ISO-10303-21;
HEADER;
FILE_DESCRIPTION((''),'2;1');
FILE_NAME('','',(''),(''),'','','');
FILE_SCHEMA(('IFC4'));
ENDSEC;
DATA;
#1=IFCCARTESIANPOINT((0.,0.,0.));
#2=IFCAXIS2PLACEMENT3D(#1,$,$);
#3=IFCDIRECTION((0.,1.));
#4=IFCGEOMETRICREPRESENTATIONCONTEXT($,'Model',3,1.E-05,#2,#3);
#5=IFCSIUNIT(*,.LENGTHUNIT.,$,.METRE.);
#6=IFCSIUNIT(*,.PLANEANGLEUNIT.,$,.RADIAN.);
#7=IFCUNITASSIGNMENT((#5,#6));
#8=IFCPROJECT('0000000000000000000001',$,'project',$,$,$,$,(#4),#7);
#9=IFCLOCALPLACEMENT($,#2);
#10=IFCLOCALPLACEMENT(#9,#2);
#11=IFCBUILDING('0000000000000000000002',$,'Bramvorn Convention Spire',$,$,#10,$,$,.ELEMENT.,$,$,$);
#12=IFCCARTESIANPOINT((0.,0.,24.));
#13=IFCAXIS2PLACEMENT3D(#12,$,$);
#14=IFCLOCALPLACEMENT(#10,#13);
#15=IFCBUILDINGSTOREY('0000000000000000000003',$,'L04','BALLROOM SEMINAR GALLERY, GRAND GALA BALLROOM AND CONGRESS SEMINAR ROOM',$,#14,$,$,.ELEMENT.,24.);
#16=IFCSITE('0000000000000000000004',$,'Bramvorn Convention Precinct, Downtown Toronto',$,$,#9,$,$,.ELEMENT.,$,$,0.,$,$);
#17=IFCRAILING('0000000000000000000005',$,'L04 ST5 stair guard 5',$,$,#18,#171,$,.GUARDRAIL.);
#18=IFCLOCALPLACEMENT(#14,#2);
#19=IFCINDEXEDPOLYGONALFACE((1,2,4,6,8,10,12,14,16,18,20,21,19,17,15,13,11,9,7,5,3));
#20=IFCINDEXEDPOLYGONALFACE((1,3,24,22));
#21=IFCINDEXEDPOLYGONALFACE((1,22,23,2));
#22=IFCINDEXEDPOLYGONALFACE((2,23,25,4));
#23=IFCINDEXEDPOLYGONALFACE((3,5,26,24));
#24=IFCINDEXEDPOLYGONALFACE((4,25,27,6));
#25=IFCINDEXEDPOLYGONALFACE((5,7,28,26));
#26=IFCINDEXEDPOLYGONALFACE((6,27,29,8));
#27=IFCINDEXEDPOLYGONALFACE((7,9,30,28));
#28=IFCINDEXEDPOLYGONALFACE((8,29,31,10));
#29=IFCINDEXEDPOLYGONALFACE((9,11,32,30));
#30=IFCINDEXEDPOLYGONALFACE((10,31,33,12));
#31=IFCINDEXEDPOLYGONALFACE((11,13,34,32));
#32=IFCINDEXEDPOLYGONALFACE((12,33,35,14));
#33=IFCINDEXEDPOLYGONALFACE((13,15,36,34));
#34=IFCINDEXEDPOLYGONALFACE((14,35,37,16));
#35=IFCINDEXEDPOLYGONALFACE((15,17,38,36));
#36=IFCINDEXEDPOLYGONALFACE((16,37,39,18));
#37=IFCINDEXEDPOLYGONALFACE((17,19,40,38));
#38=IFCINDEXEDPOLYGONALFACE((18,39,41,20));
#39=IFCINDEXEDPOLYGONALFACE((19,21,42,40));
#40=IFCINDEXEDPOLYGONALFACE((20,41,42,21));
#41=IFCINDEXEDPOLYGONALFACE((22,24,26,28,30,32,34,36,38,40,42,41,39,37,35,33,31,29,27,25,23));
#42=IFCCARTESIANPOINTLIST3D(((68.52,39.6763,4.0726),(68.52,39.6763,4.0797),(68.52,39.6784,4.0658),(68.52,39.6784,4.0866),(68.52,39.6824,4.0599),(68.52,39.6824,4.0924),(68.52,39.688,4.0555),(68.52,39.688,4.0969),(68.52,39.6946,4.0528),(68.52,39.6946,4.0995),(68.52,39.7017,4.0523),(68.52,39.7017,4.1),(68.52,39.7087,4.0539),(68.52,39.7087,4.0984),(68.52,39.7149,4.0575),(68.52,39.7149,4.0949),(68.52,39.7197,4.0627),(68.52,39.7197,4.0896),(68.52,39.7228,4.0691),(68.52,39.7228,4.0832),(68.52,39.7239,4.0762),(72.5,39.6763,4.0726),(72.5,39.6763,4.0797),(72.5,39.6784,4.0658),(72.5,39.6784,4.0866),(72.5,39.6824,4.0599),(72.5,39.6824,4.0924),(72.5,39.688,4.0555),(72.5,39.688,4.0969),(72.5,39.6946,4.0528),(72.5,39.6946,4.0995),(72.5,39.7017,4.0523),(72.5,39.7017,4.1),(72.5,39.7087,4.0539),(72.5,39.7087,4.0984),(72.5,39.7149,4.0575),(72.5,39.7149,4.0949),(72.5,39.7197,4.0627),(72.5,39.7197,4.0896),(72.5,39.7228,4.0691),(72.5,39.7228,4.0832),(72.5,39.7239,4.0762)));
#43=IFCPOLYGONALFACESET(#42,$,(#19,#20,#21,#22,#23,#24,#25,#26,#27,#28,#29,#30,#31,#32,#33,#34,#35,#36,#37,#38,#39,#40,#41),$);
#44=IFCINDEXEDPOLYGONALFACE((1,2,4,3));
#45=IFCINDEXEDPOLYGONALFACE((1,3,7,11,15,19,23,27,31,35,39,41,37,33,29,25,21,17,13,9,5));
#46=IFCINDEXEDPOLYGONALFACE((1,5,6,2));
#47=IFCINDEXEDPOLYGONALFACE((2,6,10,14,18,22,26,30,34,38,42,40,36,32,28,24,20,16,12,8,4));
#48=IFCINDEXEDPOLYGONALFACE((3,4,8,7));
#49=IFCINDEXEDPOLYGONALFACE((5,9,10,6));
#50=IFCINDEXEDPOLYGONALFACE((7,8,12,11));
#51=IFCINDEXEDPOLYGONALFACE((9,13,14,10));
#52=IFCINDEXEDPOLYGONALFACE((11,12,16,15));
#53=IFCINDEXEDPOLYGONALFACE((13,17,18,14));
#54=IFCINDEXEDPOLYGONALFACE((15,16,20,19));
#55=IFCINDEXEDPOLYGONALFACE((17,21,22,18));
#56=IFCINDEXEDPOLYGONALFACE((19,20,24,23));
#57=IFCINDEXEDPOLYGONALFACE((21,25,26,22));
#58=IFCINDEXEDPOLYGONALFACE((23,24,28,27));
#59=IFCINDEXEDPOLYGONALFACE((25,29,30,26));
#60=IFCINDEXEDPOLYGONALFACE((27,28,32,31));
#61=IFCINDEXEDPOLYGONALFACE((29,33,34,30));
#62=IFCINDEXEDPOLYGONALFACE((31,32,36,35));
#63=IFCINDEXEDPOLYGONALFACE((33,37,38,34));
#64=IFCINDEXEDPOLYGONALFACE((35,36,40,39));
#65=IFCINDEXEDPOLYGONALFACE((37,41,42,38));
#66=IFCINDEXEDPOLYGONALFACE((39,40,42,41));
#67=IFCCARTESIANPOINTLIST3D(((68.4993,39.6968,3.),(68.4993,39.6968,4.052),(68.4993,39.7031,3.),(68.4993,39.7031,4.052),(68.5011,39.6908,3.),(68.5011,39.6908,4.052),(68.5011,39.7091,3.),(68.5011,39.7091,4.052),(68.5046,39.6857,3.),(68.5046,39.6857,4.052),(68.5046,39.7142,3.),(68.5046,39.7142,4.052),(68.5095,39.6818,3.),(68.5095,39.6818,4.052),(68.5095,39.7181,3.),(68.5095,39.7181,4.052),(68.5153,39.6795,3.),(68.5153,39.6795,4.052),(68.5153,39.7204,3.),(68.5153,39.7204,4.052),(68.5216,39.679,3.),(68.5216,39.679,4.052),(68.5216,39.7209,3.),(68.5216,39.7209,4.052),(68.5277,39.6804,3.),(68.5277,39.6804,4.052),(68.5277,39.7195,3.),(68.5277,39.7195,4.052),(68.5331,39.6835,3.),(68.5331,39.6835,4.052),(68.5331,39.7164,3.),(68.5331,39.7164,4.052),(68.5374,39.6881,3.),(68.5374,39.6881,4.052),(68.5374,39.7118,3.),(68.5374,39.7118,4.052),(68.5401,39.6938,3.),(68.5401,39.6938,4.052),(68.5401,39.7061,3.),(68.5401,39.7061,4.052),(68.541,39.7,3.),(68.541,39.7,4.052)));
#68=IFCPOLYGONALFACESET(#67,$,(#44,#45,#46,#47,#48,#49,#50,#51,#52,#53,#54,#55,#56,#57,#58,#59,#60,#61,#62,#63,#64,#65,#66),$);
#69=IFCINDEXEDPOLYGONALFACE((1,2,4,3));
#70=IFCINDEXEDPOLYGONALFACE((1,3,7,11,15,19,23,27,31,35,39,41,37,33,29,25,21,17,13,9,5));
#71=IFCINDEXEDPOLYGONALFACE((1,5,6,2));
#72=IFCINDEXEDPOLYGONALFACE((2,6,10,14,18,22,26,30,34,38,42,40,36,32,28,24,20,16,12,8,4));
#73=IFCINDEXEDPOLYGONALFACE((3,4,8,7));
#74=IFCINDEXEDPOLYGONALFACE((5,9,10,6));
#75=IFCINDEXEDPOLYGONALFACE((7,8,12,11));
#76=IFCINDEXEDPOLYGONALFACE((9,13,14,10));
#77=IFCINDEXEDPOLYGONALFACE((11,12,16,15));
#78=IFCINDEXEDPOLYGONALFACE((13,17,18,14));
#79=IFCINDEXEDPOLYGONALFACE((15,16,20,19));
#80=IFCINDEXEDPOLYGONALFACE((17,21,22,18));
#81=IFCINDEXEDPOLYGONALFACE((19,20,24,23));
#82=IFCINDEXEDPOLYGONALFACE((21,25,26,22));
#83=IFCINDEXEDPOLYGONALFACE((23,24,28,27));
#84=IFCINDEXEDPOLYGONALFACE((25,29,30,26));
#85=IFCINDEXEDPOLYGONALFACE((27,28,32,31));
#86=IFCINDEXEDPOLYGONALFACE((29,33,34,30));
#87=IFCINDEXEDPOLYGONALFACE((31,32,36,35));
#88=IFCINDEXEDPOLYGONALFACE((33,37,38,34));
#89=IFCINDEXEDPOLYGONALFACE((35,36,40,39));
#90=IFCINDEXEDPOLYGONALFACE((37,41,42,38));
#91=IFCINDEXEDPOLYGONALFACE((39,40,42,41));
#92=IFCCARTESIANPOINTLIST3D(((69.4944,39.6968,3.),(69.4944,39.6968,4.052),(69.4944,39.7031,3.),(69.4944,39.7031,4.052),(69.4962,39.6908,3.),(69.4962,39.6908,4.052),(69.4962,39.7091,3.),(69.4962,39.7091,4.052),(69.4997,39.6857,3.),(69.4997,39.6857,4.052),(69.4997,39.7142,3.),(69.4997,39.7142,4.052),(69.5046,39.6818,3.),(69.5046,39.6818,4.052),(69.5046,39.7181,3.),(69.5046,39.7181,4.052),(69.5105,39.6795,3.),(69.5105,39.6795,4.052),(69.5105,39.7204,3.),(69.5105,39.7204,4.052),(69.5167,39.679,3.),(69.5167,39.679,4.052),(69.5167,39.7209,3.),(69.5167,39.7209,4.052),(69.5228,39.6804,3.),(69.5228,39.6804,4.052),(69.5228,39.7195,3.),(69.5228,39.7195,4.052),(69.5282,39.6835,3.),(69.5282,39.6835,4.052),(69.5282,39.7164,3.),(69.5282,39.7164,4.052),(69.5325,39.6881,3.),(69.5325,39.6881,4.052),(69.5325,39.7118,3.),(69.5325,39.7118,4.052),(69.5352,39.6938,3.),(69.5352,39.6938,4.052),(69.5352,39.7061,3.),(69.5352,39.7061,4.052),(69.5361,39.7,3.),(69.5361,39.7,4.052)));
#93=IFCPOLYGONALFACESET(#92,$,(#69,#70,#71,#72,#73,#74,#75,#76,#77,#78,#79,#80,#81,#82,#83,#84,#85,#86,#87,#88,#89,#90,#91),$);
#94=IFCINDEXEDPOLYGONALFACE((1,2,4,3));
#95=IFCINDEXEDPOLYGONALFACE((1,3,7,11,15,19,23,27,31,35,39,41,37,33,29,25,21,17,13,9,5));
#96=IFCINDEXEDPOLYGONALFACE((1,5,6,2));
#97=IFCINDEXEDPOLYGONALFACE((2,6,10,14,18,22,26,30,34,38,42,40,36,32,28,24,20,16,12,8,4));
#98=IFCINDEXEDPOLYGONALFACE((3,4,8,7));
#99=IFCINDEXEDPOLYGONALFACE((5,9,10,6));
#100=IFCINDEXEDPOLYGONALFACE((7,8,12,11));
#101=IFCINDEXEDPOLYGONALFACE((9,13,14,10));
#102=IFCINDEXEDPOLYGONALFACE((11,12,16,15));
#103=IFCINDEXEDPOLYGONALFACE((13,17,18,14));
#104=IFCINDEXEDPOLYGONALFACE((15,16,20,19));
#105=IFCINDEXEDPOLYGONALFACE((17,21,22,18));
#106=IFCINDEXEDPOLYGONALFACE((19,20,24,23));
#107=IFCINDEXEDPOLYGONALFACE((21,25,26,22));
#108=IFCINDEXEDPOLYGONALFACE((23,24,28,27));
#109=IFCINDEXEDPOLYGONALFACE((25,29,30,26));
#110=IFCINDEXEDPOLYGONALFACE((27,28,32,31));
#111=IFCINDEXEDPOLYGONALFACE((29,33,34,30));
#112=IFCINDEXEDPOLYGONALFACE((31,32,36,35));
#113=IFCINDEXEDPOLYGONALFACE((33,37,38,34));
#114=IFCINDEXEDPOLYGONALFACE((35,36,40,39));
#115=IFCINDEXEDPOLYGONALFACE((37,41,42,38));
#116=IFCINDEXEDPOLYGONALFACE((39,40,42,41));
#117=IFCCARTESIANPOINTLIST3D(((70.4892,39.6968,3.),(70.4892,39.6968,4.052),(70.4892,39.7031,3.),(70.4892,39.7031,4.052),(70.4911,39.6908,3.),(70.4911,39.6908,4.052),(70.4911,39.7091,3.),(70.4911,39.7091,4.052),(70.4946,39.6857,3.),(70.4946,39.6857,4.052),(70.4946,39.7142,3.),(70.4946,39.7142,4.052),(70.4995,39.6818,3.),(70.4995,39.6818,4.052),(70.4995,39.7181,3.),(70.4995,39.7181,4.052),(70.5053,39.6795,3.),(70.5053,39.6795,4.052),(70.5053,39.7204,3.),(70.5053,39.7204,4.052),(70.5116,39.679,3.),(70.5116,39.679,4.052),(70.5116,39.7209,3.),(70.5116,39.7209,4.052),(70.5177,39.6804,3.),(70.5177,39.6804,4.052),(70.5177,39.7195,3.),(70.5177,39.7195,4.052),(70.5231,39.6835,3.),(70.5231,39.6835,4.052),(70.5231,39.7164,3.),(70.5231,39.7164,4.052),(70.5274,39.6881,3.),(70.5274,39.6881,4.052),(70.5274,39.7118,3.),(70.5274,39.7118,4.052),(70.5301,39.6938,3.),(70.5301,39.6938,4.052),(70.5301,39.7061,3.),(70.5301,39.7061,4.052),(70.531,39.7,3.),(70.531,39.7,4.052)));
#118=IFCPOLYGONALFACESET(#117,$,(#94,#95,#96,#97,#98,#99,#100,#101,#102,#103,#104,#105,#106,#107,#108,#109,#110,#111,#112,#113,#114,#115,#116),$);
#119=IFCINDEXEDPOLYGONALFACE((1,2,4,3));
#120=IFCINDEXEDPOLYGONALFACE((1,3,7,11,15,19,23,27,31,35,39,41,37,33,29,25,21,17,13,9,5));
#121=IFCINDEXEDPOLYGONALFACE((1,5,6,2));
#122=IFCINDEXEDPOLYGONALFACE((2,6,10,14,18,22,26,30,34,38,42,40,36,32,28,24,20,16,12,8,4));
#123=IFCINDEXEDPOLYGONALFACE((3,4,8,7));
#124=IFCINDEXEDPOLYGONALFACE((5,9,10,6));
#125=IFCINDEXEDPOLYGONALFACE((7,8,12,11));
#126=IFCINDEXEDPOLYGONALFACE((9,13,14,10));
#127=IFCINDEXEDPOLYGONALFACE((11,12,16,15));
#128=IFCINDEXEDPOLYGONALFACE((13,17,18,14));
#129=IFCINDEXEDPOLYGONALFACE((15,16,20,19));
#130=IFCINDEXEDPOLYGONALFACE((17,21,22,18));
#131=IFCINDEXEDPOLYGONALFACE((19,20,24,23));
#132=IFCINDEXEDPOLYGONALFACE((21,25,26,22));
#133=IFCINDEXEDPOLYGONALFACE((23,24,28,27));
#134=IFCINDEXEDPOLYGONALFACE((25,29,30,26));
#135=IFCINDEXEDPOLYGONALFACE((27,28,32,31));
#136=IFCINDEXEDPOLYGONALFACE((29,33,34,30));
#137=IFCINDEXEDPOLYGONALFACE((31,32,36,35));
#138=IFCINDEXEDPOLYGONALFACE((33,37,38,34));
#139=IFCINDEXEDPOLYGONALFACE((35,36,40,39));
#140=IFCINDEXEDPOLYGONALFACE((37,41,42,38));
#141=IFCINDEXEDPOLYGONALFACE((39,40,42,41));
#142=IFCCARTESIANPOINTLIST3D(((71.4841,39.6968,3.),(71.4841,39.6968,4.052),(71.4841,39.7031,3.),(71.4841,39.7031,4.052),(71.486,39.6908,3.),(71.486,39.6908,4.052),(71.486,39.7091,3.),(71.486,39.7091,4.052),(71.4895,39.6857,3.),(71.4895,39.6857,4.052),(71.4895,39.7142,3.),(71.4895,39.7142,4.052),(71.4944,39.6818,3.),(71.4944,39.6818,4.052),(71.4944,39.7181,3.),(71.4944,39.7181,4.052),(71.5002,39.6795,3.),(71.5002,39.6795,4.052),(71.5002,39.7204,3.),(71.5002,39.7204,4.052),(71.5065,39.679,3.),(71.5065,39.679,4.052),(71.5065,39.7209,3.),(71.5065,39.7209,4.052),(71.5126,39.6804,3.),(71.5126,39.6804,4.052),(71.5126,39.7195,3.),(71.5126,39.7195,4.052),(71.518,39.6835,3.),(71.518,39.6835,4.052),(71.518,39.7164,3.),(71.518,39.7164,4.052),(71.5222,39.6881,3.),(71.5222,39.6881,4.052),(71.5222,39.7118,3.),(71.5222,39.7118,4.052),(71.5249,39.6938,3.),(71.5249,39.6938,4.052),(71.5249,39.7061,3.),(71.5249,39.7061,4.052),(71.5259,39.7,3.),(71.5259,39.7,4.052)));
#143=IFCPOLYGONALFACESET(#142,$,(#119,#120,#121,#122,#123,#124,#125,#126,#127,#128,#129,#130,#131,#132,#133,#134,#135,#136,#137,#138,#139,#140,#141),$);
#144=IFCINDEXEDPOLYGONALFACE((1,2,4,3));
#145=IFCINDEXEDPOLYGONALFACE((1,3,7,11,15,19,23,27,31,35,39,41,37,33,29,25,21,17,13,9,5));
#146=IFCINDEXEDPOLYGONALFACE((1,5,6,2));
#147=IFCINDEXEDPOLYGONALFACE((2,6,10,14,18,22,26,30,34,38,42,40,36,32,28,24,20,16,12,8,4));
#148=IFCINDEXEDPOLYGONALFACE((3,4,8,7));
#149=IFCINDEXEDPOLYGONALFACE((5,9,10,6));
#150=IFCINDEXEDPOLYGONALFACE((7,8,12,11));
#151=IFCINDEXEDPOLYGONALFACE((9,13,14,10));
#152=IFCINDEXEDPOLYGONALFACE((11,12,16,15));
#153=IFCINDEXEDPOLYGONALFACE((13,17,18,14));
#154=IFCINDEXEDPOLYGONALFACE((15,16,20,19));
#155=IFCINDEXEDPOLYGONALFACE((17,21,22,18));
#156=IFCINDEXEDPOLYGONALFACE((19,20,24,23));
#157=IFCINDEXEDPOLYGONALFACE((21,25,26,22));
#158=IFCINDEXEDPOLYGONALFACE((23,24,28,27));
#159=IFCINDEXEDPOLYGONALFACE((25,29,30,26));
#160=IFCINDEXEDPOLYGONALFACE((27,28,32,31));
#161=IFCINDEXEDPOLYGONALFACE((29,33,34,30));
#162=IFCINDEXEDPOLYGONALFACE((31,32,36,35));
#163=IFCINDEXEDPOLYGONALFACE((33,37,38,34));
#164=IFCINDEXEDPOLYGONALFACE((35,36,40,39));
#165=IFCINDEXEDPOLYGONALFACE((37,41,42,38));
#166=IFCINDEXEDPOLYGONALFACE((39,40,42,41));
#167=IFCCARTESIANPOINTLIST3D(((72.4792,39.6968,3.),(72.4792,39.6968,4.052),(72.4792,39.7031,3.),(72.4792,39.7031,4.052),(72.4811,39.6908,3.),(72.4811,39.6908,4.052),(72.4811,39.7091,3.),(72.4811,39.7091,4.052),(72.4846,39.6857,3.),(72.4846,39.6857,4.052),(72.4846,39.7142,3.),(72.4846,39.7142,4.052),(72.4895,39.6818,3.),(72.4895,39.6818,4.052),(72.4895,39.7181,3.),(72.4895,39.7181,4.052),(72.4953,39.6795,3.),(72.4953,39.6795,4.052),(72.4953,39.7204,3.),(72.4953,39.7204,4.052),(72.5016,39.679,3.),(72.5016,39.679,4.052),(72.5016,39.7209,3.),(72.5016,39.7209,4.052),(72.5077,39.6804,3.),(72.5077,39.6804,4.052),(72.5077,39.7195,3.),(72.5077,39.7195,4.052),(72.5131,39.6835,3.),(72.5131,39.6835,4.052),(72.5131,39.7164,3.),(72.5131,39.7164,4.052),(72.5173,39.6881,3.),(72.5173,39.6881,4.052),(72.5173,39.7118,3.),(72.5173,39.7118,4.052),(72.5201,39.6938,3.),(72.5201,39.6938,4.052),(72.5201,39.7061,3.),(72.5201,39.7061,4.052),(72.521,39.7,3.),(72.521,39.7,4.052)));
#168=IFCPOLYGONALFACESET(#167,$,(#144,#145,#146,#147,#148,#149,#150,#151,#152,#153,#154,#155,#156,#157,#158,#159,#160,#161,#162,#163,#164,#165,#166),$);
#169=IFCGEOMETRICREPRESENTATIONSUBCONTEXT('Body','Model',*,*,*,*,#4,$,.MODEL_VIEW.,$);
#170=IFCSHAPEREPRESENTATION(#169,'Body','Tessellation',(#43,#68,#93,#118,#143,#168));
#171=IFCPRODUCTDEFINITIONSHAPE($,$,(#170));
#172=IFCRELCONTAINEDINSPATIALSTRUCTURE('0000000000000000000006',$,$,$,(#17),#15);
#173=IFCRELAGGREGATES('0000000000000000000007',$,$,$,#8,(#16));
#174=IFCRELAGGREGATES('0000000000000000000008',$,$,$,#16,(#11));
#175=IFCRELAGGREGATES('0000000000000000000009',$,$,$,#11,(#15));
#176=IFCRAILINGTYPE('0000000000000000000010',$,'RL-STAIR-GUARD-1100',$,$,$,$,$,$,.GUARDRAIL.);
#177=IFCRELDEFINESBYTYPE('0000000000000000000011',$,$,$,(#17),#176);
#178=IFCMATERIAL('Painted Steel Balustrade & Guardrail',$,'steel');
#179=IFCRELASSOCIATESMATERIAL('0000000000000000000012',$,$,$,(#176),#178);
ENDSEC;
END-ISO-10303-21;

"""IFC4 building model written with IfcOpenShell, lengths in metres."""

from ifc_helpers import new_model, si_unit, direction, frame, origin, origin_2d, place, context, subcontext, project, spatial, circle, extrude, material, type_object, element, save


model = new_model("IFC4")

# Units and contexts
model_context = context("Model", 3, precision=1e-05, world=origin(), true_north=direction((0.0, 1.0)))
body_context = subcontext(model_context, "Body", "Model", "MODEL_VIEW")
ifc_project = project(units=[si_unit("LENGTHUNIT", "METRE"), si_unit("PLANEANGLEUNIT", "RADIAN")], contexts=[model_context])

# Site, building, storey
site_placement = place(None, origin())
site = spatial("IfcSite", under=ifc_project, at=site_placement, Name="Bramvorn Convention Precinct, Downtown Toronto", CompositionType="ELEMENT", RefElevation=0.0)
building_placement = place(site_placement, origin())
building = spatial("IfcBuilding", under=site, at=building_placement, Name="Bramvorn Convention Spire", CompositionType="ELEMENT")
storey_placement = place(building_placement, frame((0.0, 0.0, 24.0)))
storey = spatial("IfcBuildingStorey", under=building, at=storey_placement, Name="L04", Description="BALLROOM SEMINAR GALLERY, GRAND GALA BALLROOM AND CONGRESS SEMINAR ROOM", CompositionType="ELEMENT", Elevation=24.0)

# Railing
ifc_material_1 = material(Name="Painted Steel Balustrade & Guardrail", Category="steel")
railing_type_1 = type_object("IfcRailingType", Name="RL-STAIR-GUARD-1100", PredefinedType="GUARDRAIL", material=ifc_material_1)
railing_1_placement = place(storey_placement, frame((68.52, 39.7, 3.0)))
element("IfcRailing", 1, at=railing_1_placement, inside=storey, type_object=railing_type_1, Name="L04 ST5 stair guard 5", PredefinedType="GUARDRAIL", context=body_context, shape_type="SweptSolid", body=[
    extrude(circle(Radius=0.0239, at=origin_2d()), frame((0.0, 0.0, 1.0762), z_axis=(1.0, 0.0, 0.0), x_axis=(0.0, 1.0, 0.0)), (0.0, 0.0, 1.0), 3.98),
    extrude(circle(Radius=0.021, at=origin_2d()), origin(), (0.0, 0.0, 1.0), 1.052),
    extrude(circle(Radius=0.021, at=origin_2d()), frame((0.9951, 0.0, 0.0)), (0.0, 0.0, 1.0), 1.052),
    extrude(circle(Radius=0.021, at=origin_2d()), frame((1.99, 0.0, 0.0)), (0.0, 0.0, 1.0), 1.052),
    extrude(circle(Radius=0.021, at=origin_2d()), frame((2.9849, 0.0, 0.0)), (0.0, 0.0, 1.0), 1.052),
    extrude(circle(Radius=0.021, at=origin_2d()), frame((3.98, 0.0, 0.0)), (0.0, 0.0, 1.0), 1.052),
])

save(model, "model.ifc")
